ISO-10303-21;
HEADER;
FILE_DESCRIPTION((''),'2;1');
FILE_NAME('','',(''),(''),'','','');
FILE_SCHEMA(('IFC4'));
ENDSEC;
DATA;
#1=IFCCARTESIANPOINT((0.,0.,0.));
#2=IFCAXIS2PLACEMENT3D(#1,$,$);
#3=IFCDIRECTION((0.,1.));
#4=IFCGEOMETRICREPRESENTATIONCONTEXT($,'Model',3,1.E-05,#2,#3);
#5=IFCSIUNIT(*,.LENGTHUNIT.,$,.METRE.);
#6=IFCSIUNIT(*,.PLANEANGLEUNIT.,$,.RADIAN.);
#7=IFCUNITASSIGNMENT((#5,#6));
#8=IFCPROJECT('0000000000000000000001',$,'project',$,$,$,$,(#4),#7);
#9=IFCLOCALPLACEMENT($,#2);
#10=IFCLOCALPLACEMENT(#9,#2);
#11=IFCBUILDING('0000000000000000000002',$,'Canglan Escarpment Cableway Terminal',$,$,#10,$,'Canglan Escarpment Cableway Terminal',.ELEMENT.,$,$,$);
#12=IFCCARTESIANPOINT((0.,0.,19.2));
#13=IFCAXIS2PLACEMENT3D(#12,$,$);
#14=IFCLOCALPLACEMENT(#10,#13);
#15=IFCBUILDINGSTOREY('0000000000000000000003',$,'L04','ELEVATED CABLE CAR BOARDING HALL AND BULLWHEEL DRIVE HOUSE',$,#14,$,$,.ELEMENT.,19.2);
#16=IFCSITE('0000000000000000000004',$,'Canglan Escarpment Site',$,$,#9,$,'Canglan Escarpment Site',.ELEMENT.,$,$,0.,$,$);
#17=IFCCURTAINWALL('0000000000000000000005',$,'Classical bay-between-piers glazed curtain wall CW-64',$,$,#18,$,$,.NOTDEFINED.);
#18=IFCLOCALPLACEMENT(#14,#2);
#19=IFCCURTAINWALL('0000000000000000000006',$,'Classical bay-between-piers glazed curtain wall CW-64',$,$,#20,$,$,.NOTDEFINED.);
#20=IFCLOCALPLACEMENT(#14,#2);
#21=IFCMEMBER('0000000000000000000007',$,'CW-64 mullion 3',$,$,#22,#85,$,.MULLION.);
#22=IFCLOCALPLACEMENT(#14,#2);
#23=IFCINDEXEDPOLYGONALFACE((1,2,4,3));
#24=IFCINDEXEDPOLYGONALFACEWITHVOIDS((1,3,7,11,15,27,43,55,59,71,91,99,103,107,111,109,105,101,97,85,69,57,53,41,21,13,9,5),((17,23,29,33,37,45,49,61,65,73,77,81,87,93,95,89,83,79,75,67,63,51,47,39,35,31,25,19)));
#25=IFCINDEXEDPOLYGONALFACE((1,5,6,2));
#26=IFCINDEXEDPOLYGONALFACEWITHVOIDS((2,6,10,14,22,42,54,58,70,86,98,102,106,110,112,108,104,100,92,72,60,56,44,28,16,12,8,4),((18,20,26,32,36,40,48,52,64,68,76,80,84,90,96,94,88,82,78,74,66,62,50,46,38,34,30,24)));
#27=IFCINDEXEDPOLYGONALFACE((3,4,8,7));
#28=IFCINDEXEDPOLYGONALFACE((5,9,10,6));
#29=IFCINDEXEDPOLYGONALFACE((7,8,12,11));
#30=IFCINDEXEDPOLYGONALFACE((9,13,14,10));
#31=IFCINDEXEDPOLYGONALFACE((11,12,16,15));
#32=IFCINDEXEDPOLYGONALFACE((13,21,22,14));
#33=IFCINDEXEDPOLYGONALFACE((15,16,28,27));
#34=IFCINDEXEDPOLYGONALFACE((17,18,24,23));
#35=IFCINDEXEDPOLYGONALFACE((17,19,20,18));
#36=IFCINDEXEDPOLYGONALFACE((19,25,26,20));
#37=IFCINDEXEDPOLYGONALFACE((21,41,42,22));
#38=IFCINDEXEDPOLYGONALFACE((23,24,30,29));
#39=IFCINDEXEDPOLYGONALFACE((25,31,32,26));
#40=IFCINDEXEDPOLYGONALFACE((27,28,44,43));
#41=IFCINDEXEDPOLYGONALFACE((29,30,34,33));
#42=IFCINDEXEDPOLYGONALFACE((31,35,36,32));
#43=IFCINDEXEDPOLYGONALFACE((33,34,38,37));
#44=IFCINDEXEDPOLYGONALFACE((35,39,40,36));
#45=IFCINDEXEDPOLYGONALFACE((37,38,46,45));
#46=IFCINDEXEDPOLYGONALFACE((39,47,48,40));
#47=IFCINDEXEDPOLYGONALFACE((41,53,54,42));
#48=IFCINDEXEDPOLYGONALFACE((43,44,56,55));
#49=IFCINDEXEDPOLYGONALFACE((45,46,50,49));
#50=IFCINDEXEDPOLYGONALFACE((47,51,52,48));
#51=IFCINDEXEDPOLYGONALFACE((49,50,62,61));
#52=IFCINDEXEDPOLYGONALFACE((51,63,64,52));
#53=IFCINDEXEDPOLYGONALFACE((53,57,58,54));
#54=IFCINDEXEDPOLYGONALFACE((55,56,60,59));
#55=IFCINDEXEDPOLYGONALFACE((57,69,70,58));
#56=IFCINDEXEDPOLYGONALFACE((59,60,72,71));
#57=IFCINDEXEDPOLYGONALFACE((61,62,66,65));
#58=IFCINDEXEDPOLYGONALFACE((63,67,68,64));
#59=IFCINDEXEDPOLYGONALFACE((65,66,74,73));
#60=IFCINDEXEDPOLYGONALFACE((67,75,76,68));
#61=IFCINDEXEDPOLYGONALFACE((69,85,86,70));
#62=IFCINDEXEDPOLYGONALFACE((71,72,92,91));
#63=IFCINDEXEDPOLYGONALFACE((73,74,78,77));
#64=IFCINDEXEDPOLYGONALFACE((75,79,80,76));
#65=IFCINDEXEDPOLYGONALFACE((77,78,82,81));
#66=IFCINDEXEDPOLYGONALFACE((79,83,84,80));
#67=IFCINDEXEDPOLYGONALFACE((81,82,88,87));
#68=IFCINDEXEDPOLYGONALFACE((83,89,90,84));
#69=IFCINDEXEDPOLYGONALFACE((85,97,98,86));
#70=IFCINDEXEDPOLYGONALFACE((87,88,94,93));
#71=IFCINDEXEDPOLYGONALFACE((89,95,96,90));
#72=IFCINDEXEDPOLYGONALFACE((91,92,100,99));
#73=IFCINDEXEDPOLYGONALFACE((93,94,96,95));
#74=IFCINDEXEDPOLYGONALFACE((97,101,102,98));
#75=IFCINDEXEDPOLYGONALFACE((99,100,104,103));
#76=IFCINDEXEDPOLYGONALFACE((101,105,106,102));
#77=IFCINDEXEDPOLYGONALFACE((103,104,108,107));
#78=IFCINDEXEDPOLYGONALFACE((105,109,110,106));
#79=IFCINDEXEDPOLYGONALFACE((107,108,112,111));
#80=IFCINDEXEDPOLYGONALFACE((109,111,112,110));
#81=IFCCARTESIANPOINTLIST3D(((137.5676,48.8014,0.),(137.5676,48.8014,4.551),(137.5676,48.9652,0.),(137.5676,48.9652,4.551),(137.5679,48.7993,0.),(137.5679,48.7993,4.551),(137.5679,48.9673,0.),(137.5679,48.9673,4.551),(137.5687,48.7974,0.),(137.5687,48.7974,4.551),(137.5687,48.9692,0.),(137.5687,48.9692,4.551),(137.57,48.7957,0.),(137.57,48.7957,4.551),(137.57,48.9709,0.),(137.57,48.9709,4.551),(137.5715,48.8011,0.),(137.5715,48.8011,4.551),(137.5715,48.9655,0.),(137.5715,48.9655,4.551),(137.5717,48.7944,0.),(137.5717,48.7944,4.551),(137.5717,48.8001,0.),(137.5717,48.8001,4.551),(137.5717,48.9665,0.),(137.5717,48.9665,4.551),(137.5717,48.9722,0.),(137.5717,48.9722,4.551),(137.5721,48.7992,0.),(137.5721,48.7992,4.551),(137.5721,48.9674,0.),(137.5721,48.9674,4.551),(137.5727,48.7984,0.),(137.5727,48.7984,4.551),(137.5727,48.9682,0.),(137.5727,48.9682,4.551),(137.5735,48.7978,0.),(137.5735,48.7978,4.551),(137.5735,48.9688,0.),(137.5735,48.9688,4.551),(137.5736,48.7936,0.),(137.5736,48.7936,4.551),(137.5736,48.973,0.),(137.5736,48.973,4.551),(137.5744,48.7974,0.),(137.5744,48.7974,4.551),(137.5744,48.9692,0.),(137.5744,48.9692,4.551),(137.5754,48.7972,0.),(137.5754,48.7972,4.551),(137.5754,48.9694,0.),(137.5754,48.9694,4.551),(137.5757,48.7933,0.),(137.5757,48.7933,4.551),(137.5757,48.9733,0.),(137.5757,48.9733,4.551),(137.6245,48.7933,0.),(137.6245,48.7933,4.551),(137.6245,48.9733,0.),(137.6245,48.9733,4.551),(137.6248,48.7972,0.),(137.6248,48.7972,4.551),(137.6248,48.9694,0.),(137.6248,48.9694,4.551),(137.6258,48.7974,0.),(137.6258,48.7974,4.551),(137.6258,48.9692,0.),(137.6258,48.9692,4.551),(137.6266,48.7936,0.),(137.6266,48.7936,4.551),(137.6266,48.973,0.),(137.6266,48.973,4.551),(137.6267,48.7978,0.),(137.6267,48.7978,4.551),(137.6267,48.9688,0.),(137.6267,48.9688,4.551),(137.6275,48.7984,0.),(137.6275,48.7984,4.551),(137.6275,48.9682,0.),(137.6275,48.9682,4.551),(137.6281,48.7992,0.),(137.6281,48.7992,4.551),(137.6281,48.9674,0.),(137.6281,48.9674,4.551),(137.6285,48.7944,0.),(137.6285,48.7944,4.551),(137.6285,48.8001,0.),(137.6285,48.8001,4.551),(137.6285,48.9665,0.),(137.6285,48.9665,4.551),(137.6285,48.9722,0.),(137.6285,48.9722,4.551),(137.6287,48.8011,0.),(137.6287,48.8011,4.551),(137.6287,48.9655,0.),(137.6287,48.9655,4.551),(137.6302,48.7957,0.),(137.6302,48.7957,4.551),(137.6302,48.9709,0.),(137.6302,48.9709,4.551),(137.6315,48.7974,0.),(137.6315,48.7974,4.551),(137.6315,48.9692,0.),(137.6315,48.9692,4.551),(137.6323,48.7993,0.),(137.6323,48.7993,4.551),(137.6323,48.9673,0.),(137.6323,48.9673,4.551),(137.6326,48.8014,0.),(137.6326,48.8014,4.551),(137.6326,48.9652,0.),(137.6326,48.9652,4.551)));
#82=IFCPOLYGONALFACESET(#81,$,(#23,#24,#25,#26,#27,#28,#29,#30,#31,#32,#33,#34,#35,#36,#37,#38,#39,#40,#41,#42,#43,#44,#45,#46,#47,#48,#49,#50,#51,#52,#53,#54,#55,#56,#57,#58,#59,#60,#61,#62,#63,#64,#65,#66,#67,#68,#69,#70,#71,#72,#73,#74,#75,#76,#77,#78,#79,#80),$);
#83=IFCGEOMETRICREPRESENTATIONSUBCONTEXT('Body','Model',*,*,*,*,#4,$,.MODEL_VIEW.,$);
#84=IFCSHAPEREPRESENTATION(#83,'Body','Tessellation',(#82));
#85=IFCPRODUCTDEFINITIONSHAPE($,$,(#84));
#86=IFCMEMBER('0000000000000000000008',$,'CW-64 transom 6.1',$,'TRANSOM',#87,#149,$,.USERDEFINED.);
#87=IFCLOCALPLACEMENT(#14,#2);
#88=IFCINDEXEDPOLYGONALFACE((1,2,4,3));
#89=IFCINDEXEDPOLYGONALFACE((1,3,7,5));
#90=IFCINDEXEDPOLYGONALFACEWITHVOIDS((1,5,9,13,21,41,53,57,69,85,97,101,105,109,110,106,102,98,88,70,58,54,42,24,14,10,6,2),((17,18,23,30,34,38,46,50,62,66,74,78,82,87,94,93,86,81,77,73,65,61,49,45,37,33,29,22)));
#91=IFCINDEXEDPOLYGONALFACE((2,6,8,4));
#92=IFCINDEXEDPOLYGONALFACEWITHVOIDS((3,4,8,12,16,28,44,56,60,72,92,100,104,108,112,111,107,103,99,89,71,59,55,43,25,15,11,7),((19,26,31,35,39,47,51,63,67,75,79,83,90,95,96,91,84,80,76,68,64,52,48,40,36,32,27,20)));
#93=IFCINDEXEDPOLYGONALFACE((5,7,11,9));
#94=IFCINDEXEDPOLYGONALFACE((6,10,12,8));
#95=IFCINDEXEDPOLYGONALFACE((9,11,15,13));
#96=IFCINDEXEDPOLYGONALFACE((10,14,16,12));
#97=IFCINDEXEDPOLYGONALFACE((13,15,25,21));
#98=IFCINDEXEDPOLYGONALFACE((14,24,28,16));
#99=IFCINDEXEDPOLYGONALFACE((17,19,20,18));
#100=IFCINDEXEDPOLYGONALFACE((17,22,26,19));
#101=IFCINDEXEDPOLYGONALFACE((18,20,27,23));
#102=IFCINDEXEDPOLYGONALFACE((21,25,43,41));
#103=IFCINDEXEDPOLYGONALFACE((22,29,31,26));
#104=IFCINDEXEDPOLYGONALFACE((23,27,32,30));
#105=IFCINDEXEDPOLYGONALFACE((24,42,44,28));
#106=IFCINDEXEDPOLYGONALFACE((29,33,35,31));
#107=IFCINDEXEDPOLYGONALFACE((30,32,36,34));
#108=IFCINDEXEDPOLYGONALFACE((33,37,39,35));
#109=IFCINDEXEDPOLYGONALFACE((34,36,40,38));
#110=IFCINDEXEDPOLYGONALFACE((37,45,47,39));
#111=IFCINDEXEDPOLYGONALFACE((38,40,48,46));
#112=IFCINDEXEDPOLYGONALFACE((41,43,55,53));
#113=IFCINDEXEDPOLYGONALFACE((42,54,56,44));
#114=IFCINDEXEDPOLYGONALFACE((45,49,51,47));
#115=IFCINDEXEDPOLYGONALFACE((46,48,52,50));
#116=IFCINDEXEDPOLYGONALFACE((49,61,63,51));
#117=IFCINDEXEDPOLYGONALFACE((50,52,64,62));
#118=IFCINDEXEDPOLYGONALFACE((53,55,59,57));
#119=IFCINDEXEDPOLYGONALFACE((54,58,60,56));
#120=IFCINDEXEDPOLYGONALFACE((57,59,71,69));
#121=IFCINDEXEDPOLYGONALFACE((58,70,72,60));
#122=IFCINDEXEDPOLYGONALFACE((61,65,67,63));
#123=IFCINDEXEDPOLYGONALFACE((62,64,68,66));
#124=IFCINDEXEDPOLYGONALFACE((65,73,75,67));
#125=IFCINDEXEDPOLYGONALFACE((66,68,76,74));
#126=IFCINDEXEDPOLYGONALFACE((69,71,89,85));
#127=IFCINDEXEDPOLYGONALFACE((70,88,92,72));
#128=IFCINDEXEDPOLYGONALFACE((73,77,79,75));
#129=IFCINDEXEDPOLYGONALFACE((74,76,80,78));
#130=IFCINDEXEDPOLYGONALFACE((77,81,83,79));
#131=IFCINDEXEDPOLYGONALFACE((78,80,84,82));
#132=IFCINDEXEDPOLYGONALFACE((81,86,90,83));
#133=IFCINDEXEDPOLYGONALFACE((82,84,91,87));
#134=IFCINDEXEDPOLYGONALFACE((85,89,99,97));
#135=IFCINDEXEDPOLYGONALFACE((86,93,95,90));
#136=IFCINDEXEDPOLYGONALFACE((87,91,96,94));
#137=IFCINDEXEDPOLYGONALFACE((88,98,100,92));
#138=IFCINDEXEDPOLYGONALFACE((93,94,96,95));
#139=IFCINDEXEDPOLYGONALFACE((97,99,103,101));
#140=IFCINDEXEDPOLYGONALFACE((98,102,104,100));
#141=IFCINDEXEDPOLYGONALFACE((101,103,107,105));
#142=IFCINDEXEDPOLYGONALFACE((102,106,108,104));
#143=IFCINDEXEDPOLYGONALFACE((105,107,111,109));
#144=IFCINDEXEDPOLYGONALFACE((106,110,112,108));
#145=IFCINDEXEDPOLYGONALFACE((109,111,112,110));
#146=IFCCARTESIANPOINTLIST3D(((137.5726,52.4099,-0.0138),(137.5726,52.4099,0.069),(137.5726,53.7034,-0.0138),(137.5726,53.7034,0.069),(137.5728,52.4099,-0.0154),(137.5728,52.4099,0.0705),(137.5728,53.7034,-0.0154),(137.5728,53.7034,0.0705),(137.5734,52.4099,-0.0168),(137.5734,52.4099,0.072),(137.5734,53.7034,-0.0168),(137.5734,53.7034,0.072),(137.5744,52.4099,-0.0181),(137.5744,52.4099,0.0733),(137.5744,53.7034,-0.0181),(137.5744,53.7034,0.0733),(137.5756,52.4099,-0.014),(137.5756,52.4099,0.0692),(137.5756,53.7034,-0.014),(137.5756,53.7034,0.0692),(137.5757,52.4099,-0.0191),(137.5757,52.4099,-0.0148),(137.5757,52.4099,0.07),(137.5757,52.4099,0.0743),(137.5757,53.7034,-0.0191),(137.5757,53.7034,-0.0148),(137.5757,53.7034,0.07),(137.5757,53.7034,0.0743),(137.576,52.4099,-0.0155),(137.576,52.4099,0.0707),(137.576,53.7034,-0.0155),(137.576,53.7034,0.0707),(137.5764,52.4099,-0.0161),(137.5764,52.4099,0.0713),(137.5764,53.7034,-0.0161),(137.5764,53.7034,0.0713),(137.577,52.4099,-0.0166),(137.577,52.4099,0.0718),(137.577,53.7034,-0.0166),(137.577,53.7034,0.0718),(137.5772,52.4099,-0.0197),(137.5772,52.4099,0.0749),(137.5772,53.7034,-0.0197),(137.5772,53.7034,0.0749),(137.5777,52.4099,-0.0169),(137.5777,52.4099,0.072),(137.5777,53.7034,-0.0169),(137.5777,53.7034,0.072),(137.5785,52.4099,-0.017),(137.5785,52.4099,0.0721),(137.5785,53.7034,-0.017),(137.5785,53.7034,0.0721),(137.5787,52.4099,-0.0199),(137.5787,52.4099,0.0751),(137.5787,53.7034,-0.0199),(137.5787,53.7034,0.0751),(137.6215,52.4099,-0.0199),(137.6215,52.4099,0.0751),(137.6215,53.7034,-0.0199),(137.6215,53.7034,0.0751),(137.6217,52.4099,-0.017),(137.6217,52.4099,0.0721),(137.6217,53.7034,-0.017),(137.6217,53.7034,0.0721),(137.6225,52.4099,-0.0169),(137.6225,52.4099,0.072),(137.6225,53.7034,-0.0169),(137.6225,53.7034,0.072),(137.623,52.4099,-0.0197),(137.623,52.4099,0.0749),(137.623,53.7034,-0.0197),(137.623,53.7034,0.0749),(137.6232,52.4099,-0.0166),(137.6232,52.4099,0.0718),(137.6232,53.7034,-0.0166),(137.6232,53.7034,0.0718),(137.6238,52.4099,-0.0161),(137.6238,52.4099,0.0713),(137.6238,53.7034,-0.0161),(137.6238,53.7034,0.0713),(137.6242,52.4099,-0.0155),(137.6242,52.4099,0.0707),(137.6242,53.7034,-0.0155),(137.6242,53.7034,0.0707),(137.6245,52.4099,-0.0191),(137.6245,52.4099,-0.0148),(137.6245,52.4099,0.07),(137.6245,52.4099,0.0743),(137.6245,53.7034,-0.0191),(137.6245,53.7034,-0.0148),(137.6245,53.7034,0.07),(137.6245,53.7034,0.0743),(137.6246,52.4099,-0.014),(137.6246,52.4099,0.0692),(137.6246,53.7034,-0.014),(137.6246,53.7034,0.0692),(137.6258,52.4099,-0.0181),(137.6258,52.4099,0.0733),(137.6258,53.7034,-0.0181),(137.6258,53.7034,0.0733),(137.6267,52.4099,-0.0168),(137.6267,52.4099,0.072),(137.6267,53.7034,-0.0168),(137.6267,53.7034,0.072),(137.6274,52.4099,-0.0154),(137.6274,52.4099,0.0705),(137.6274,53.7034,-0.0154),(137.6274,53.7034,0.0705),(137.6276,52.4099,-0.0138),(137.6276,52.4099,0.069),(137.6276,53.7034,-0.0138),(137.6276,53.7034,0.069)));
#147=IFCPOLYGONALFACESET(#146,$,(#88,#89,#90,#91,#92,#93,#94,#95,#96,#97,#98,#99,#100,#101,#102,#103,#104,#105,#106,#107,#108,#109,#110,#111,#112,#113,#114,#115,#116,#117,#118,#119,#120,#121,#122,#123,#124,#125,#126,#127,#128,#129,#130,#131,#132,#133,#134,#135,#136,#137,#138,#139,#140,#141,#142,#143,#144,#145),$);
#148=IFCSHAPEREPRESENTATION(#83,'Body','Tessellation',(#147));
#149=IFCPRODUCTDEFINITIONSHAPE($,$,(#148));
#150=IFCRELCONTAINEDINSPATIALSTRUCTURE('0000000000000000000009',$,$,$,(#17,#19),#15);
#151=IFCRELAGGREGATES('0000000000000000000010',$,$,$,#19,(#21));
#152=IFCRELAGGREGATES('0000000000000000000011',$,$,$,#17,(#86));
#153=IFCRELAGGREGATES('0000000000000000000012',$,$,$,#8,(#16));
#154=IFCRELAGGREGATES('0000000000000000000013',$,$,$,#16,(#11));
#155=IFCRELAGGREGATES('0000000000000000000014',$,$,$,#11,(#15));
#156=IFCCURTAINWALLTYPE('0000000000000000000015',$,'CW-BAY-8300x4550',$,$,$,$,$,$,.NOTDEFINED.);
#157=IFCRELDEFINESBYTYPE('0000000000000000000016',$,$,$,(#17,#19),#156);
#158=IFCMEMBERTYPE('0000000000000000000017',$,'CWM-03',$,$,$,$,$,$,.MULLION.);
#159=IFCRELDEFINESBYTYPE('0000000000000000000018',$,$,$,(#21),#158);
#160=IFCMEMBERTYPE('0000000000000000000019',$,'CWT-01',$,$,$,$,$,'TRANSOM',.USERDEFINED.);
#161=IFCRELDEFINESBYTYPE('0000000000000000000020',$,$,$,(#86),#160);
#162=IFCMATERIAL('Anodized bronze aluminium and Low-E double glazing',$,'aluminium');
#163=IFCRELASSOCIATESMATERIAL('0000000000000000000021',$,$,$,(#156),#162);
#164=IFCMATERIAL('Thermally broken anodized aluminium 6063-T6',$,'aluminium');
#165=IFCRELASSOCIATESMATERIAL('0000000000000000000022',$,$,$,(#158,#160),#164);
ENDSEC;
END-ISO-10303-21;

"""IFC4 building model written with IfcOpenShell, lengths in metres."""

from ifc_helpers import new_model, si_unit, direction, frame, origin, origin_2d, place, context, subcontext, project, spatial, hollow_rectangle, extrude, material, material_profile, profile_set, type_object, element, aggregate, save


model = new_model("IFC4")

# Units and contexts
model_context = context("Model", 3, precision=1e-05, world=origin(), true_north=direction((0.0, 1.0)))
body_context = subcontext(model_context, "Body", "Model", "MODEL_VIEW")
ifc_project = project(units=[si_unit("LENGTHUNIT", "METRE"), si_unit("PLANEANGLEUNIT", "RADIAN")], contexts=[model_context])

# Site, building, storey
site_placement = place(None, origin())
site = spatial("IfcSite", under=ifc_project, at=site_placement, Name="Canglan Escarpment Site", LongName="Canglan Escarpment Site", CompositionType="ELEMENT", RefElevation=0.0)
building_placement = place(site_placement, origin())
building = spatial("IfcBuilding", under=site, at=building_placement, Name="Canglan Escarpment Cableway Terminal", LongName="Canglan Escarpment Cableway Terminal", CompositionType="ELEMENT")
storey_placement = place(building_placement, frame((0.0, 0.0, 19.2)))
storey = spatial("IfcBuildingStorey", under=building, at=storey_placement, Name="L04", Description="ELEVATED CABLE CAR BOARDING HALL AND BULLWHEEL DRIVE HOUSE", CompositionType="ELEMENT", Elevation=19.2)

# Curtain wall
ifc_material_1 = material(Name="Anodized bronze aluminium and Low-E double glazing", Category="aluminium")
curtain_wall_type = type_object("IfcCurtainWallType", Name="CW-BAY-8300x4550", PredefinedType="NOTDEFINED", material=ifc_material_1)
curtain_wall_1_placement = place(storey_placement, origin())
curtain_wall_1 = element("IfcCurtainWall", 1, at=curtain_wall_1_placement, inside=storey, type_object=curtain_wall_type, Name="Classical bay-between-piers glazed curtain wall CW-64", PredefinedType="NOTDEFINED")
ifc_material_2 = material(Name="Thermally broken anodized aluminium 6063-T6", Category="aluminium")

# Curtain wall, member
curtain_wall_2_placement = place(storey_placement, origin())
curtain_wall_2 = element("IfcCurtainWall", 2, at=curtain_wall_2_placement, inside=storey, type_object=curtain_wall_type, Name="Classical bay-between-piers glazed curtain wall CW-64", PredefinedType="NOTDEFINED")
ifc_material_profile_1 = material_profile(ifc_material_2, hollow_rectangle(XDim=0.0649, YDim=0.1799, WallThickness=0.0039, InnerFilletRadius=0.0039, OuterFilletRadius=0.0081, at=origin_2d()), Name="ALU-MULL 65x180x4")
ifc_profile_set_1 = profile_set([ifc_material_profile_1], Name="Thermally broken anodized aluminium 6063-T6")
member_type_1 = type_object("IfcMemberType", Name="CWM-03", PredefinedType="MULLION", material=ifc_profile_set_1)
member_1_placement = place(storey_placement, frame((137.6001, 48.8833, 0.0), z_axis=(0.0, 0.0, 1.0), x_axis=(1.0, 0.0, 0.0)))
member_1 = element("IfcMember", 3, at=member_1_placement, type_object=member_type_1, Name="CW-64 mullion 3", PredefinedType="MULLION", context=body_context, shape_type="SweptSolid", body=[
    extrude(hollow_rectangle(XDim=0.0649, YDim=0.1799, WallThickness=0.0039, InnerFilletRadius=0.0039, OuterFilletRadius=0.0081, at=origin_2d()), origin(), (0.0, 0.0, 1.0), 4.551),
])

# Member
ifc_material_profile_2 = material_profile(ifc_material_2, hollow_rectangle(XDim=0.0549, YDim=0.095, WallThickness=0.0029, InnerFilletRadius=0.0029, OuterFilletRadius=0.0061, at=origin_2d()), Name="ALU-TRAN 55x95x3")
ifc_profile_set_2 = profile_set([ifc_material_profile_2], Name="Thermally broken anodized aluminium 6063-T6")
member_type_2 = type_object("IfcMemberType", Name="CWT-01", ElementType="TRANSOM", PredefinedType="USERDEFINED", material=ifc_profile_set_2)
member_2_placement = place(storey_placement, frame((137.6001, 53.7034, 0.0276), z_axis=(0.0, -1.0, 0.0), x_axis=(1.0, 0.0, 0.0)))
member_2 = element("IfcMember", 4, at=member_2_placement, type_object=member_type_2, Name="CW-64 transom 6.1", ObjectType="TRANSOM", PredefinedType="USERDEFINED", context=body_context, shape_type="SweptSolid", body=[
    extrude(hollow_rectangle(XDim=0.0549, YDim=0.095, WallThickness=0.0029, InnerFilletRadius=0.0029, OuterFilletRadius=0.0061, at=origin_2d()), origin(), (0.0, 0.0, 1.0), 1.2935),
])

aggregate(curtain_wall_2, [member_1])
aggregate(curtain_wall_1, [member_2])

save(model, "model.ifc")
